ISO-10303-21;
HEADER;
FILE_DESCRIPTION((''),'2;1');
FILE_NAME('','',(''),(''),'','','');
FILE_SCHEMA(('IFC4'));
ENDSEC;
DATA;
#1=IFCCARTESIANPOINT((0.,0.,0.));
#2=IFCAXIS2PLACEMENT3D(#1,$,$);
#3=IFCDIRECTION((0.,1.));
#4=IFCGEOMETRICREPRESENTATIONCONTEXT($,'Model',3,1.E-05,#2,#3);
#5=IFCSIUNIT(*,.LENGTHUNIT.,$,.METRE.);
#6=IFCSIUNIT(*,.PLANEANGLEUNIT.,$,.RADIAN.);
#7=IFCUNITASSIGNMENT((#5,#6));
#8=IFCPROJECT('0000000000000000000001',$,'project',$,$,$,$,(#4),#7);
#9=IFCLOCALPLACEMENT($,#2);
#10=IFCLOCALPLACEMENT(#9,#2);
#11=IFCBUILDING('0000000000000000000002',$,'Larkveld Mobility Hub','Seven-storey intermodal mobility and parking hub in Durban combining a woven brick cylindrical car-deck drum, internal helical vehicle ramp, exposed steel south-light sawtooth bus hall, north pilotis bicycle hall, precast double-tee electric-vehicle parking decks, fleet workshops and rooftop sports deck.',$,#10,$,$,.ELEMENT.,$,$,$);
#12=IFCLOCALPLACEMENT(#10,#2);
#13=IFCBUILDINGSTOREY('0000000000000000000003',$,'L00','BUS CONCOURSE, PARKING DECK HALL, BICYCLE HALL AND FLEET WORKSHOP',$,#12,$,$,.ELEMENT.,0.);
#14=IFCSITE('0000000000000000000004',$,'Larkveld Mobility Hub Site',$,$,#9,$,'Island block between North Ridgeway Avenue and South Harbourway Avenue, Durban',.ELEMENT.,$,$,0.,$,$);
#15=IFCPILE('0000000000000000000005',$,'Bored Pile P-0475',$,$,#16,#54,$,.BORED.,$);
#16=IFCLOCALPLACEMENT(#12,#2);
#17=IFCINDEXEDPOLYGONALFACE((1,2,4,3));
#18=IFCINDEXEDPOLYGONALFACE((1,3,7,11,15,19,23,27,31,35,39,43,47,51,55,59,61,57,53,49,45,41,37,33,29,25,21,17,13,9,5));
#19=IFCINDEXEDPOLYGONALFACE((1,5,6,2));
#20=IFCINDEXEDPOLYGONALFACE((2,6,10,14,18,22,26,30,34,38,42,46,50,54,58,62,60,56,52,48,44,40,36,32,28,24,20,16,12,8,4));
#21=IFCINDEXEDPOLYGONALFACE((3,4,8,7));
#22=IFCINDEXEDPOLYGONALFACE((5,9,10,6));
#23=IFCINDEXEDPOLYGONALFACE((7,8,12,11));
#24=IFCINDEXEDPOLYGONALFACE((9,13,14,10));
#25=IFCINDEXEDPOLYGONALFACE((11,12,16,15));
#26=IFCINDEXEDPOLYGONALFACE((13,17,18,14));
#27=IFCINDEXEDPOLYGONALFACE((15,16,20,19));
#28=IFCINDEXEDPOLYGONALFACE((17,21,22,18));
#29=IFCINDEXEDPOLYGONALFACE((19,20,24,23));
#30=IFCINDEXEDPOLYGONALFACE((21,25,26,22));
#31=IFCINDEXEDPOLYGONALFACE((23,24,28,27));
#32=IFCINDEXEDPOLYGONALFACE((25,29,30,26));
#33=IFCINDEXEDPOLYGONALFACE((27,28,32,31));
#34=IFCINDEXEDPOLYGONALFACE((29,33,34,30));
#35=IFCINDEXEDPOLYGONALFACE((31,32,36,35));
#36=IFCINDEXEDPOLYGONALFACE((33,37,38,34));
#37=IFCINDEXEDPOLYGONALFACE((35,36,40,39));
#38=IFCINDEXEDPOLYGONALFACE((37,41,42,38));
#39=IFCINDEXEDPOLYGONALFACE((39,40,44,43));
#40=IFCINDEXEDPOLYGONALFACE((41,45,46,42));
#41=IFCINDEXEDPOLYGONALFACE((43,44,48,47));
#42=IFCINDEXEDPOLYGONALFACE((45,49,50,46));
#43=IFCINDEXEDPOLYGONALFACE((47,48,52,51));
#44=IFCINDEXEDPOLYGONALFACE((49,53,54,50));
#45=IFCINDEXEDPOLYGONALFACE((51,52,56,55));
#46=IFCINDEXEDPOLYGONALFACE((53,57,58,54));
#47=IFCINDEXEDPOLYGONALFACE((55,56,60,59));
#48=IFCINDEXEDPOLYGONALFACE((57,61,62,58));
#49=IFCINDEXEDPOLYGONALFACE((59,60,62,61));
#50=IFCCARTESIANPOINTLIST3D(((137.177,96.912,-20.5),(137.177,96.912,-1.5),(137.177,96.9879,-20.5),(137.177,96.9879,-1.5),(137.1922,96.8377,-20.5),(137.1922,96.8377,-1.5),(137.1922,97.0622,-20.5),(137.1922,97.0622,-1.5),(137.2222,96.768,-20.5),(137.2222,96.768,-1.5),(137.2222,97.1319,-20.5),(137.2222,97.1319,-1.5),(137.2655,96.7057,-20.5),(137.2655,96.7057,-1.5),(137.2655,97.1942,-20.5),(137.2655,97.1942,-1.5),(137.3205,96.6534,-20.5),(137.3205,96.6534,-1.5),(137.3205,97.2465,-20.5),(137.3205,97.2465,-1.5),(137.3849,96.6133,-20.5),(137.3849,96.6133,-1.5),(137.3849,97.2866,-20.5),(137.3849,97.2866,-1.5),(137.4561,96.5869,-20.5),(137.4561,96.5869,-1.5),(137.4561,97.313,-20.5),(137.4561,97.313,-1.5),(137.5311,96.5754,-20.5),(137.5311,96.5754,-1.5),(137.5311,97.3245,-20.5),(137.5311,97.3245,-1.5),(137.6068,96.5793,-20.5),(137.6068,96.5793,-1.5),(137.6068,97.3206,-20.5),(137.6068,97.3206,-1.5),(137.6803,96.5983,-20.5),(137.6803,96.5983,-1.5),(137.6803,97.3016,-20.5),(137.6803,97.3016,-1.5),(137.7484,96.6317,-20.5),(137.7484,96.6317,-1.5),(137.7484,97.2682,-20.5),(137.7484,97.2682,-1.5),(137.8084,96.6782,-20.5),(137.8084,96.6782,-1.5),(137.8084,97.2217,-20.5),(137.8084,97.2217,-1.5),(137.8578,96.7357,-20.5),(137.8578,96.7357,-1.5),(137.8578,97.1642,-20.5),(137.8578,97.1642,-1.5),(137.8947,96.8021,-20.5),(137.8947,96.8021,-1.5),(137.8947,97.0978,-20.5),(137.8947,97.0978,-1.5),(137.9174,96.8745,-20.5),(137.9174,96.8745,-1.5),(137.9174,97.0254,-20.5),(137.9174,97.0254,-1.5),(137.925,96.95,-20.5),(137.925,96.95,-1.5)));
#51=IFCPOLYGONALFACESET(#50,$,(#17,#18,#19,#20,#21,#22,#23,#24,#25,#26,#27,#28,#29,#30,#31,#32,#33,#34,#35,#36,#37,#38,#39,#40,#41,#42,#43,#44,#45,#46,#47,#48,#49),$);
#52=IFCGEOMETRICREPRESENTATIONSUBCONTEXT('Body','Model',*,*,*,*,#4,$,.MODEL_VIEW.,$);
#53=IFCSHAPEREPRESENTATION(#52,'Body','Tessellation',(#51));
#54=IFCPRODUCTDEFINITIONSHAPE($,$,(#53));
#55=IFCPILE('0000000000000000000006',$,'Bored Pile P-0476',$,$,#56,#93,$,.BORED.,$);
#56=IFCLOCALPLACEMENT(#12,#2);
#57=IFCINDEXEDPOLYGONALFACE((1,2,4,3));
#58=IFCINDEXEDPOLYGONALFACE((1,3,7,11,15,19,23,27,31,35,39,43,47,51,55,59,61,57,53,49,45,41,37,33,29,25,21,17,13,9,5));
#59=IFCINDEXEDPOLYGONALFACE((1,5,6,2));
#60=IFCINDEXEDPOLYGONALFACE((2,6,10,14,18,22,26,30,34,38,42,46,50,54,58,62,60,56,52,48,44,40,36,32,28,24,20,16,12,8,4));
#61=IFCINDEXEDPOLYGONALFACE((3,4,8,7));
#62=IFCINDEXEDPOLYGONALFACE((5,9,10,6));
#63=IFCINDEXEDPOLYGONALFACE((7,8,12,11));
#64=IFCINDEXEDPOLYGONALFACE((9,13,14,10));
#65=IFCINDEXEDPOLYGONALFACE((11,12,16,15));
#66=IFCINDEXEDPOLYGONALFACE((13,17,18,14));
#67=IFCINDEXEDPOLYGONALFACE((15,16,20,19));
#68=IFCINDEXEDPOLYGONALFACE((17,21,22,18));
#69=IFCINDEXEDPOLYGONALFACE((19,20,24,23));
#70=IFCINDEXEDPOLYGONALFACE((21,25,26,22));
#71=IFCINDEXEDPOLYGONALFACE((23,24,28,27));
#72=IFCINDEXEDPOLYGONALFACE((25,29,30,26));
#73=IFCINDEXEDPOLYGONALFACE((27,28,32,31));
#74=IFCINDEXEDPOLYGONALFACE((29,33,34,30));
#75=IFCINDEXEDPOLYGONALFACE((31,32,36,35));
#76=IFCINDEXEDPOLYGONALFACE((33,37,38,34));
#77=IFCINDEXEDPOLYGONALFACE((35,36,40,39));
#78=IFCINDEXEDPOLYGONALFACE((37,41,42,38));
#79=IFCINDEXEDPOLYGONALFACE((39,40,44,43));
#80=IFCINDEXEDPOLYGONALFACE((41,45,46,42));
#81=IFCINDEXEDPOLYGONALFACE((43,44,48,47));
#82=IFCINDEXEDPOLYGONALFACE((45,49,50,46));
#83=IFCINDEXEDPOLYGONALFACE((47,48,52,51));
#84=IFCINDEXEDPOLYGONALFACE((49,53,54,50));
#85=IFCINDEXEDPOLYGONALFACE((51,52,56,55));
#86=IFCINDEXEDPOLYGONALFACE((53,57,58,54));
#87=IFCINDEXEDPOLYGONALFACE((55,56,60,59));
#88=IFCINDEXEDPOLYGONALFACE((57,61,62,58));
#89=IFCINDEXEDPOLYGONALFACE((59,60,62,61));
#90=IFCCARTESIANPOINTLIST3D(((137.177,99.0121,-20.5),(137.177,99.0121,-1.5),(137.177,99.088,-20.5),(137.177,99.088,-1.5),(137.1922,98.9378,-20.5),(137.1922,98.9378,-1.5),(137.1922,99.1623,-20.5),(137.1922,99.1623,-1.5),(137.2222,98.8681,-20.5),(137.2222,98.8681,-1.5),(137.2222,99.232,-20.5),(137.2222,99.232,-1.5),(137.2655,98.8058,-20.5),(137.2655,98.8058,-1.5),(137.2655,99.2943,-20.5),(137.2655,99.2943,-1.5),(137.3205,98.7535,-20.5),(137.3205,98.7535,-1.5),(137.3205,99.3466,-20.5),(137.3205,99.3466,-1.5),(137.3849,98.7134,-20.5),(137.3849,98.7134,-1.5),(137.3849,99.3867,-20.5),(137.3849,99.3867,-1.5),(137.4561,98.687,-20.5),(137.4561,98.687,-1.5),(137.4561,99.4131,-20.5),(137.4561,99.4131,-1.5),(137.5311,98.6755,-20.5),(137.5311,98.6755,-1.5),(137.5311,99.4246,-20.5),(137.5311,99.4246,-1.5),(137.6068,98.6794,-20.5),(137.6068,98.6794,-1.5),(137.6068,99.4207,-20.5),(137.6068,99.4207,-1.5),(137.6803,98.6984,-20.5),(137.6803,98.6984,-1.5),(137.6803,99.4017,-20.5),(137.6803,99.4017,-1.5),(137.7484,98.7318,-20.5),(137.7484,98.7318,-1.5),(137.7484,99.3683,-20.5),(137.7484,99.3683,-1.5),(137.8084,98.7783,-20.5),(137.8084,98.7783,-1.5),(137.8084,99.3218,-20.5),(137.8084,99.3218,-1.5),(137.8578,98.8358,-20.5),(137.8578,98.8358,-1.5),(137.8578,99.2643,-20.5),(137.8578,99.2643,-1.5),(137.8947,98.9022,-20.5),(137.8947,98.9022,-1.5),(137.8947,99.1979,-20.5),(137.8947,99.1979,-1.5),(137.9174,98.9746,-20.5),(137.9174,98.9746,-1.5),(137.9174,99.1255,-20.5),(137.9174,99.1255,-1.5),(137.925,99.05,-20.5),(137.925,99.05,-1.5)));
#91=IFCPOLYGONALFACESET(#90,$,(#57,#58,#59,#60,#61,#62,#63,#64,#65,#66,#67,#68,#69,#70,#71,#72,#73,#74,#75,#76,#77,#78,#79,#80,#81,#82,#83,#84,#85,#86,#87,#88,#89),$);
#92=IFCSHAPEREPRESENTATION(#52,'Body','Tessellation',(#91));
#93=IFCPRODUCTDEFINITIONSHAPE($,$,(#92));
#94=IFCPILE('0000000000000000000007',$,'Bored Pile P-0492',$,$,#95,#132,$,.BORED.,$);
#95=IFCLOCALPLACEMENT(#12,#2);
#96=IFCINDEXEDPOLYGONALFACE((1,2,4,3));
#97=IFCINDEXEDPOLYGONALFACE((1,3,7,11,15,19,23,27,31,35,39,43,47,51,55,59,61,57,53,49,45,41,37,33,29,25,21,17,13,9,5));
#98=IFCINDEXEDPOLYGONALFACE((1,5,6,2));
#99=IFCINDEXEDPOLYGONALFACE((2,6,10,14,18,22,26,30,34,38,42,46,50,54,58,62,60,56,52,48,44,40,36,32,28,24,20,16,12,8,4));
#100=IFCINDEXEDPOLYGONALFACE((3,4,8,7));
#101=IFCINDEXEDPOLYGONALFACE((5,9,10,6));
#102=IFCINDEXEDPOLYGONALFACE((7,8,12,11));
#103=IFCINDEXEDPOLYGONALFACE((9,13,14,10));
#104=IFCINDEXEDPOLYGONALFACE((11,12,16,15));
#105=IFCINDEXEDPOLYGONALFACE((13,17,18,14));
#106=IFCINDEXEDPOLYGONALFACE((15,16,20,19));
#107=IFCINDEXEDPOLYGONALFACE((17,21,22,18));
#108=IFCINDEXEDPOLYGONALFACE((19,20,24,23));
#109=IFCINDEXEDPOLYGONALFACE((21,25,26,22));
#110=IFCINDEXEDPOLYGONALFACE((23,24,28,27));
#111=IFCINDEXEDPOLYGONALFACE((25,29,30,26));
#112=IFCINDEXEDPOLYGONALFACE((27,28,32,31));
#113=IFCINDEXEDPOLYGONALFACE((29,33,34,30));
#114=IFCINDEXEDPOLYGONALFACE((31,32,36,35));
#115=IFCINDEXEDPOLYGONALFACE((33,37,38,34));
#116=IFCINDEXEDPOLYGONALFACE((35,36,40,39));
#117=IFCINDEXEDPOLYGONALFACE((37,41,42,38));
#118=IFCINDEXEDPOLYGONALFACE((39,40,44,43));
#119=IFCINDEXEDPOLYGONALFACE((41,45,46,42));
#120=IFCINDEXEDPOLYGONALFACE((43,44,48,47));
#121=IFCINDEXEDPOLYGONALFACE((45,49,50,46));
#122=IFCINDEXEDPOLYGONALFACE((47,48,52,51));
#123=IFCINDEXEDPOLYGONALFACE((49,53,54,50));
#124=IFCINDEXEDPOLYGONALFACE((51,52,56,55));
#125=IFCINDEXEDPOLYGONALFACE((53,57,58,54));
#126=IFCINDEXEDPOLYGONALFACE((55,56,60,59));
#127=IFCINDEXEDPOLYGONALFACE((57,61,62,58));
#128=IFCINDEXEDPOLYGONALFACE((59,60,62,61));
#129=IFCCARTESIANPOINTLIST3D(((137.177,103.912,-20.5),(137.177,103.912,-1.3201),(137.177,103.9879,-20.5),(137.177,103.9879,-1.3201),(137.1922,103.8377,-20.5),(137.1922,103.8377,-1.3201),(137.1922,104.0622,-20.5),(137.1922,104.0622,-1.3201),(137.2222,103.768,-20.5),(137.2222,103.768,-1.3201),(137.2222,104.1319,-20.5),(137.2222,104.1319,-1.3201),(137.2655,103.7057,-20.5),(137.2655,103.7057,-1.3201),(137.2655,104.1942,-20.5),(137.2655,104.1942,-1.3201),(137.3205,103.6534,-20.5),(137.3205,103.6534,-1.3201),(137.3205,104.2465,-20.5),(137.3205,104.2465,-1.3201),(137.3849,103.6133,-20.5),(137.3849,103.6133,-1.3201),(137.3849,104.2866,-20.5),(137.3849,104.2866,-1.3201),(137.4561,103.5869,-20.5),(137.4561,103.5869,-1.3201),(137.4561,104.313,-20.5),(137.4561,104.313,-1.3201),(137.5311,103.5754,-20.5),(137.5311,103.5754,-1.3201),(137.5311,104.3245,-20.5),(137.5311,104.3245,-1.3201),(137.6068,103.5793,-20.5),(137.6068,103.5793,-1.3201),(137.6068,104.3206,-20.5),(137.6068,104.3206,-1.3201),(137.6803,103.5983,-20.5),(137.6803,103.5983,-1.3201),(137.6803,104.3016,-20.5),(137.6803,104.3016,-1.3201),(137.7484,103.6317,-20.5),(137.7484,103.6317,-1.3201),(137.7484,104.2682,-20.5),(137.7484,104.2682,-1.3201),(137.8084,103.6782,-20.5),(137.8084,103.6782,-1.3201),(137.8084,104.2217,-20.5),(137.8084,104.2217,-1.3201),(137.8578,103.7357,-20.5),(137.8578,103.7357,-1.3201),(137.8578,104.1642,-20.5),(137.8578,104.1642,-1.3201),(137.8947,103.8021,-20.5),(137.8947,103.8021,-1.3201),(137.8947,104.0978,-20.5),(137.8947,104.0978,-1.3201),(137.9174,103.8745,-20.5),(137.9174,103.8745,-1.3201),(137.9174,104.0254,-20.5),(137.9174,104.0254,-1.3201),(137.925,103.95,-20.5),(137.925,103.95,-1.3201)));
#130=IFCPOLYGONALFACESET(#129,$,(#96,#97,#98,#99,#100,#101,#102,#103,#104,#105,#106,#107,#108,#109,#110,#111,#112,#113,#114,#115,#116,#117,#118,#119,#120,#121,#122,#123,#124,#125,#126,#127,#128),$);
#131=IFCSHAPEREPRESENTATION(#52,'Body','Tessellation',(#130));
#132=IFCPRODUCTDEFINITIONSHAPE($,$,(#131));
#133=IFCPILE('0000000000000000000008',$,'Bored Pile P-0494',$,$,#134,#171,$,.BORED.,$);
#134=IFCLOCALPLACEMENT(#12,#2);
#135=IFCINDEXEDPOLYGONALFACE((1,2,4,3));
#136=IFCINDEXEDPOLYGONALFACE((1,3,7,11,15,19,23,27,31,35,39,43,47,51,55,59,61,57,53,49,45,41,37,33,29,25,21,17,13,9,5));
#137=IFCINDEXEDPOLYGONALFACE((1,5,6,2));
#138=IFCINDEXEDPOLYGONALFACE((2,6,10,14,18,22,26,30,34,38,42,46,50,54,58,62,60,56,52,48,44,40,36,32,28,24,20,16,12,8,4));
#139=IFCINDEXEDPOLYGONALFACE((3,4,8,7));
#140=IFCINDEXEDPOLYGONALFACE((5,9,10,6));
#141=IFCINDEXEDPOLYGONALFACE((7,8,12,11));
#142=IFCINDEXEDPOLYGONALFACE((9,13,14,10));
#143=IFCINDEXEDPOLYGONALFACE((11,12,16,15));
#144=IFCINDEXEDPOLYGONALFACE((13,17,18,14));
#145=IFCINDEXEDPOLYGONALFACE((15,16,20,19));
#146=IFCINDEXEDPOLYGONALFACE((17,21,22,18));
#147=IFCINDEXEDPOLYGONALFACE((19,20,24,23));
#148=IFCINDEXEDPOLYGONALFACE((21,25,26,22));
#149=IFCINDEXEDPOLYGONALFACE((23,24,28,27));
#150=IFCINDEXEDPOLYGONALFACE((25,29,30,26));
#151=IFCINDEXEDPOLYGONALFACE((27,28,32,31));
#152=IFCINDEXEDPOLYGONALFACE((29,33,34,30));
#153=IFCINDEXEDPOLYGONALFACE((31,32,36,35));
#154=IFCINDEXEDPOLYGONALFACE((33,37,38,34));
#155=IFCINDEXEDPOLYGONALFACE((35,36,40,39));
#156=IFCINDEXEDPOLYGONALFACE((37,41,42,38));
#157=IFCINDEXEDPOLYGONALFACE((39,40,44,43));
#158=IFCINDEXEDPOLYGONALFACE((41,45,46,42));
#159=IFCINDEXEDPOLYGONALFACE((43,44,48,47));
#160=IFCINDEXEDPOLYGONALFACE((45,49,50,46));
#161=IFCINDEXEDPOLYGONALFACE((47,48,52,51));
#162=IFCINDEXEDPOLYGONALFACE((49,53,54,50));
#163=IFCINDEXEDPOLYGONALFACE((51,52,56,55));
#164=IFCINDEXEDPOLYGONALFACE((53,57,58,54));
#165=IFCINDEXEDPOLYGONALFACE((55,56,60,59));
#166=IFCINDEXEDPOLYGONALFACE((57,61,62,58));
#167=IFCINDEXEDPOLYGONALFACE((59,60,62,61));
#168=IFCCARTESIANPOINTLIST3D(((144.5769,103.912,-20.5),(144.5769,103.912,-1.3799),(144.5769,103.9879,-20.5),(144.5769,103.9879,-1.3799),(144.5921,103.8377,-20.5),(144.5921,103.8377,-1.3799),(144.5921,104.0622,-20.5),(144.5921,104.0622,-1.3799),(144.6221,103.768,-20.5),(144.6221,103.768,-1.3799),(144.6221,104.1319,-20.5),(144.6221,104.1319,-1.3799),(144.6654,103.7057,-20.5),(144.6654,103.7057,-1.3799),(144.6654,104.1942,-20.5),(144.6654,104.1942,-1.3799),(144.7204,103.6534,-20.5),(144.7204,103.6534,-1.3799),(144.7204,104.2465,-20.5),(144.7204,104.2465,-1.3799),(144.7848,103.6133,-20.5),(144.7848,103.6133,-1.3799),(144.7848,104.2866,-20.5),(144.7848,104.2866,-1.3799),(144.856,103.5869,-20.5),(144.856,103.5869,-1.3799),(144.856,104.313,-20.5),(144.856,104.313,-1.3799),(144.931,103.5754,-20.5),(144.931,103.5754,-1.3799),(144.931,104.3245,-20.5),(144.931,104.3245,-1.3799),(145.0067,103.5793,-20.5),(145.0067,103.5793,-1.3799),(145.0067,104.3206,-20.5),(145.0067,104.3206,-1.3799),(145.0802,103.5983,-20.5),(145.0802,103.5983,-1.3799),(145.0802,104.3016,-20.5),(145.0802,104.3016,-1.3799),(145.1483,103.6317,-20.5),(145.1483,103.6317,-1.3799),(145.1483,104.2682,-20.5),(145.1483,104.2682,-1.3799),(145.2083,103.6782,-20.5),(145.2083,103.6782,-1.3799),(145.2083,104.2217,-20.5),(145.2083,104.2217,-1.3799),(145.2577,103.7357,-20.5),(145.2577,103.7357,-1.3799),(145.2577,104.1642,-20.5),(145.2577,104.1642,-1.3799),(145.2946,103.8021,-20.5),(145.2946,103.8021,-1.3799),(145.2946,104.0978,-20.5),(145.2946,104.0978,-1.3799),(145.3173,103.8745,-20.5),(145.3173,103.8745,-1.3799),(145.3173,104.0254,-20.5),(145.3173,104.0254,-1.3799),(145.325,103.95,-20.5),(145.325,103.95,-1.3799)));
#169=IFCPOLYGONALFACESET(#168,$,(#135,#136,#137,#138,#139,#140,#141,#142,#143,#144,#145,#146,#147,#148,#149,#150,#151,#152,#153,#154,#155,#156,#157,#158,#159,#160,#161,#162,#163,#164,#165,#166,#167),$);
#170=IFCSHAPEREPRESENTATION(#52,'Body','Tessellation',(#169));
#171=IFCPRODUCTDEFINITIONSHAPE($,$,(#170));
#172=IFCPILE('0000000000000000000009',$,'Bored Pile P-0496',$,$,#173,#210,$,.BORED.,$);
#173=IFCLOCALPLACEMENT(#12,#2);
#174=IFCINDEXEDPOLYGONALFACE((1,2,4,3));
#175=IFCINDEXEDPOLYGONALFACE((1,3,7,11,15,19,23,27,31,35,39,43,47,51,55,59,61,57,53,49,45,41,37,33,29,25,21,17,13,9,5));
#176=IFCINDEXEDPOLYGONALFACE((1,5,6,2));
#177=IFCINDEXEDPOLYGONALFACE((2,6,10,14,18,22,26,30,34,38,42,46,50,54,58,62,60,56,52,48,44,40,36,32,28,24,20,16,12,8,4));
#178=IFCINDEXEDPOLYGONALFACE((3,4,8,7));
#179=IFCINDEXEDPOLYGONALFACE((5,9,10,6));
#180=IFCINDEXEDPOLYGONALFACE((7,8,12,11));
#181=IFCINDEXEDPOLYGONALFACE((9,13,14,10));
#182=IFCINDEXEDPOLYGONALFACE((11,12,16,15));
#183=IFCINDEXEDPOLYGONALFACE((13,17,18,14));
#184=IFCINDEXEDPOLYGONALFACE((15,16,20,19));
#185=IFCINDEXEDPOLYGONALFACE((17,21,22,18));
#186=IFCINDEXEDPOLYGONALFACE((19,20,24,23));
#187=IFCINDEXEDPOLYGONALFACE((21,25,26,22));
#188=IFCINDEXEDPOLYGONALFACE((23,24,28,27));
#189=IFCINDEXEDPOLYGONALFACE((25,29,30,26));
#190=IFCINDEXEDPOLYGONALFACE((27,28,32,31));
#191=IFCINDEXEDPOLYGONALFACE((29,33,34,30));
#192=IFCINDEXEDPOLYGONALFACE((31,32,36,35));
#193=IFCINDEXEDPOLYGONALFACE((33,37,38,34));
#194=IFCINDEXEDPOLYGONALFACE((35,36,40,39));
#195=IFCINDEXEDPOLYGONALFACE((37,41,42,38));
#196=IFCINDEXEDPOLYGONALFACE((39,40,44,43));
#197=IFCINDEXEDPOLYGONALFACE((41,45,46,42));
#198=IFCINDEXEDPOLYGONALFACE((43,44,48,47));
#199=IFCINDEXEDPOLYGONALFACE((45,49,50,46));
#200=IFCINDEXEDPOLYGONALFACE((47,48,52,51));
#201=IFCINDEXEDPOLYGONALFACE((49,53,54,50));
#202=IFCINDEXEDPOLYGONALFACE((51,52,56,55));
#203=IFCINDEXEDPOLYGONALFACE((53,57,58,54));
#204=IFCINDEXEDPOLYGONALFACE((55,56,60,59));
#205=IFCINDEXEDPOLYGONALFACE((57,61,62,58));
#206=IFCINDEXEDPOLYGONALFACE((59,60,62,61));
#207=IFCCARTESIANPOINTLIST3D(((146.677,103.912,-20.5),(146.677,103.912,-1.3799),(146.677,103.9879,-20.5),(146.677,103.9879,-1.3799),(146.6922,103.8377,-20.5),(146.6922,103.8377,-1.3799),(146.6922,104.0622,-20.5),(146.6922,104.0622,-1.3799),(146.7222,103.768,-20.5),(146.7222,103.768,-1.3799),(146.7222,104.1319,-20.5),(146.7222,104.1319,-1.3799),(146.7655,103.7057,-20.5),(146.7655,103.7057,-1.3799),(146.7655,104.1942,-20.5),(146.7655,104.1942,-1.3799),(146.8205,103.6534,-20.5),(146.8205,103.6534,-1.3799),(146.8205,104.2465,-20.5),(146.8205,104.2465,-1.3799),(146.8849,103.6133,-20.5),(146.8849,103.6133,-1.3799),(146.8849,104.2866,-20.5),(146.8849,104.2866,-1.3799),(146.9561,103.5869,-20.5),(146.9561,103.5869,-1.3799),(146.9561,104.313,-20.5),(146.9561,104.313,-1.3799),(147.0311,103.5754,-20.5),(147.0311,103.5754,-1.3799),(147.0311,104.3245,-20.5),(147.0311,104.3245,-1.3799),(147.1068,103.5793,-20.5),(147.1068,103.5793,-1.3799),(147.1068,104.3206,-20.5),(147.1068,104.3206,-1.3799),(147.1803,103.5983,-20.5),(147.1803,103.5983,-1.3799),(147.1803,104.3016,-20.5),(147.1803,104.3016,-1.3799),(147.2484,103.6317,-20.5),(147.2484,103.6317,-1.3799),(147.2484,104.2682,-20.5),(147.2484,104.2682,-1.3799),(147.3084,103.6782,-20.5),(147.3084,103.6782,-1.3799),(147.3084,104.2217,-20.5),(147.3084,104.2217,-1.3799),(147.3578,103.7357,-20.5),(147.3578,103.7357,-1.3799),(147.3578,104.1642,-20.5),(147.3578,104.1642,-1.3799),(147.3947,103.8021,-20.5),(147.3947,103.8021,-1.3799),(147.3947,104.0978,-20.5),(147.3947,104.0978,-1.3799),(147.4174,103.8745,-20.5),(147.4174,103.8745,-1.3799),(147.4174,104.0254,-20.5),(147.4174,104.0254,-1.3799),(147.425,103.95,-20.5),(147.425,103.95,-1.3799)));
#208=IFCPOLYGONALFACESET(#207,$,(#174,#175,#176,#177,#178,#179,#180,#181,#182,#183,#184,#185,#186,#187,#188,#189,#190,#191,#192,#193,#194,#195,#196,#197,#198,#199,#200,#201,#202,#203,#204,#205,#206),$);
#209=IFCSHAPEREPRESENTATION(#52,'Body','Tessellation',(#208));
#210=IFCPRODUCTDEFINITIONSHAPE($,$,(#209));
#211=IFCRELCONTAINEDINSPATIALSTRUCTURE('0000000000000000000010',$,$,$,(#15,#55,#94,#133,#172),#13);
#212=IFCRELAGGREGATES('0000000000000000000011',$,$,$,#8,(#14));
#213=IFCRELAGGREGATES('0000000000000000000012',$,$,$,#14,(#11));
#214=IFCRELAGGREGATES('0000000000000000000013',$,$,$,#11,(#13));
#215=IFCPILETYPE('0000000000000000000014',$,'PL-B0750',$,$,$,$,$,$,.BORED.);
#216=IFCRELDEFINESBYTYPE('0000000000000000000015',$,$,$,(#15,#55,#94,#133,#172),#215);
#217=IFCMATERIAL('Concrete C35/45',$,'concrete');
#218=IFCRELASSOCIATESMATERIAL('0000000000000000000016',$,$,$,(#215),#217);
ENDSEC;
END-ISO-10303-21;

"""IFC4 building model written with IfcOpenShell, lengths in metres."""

from ifc_helpers import new_model, si_unit, direction, frame, origin, origin_2d, place, context, subcontext, project, spatial, circle, extrude, material, material_profile, profile_set, type_object, element, save


model = new_model("IFC4")

# Units and contexts
model_context = context("Model", 3, precision=1e-05, world=origin(), true_north=direction((0.0, 1.0)))
body_context = subcontext(model_context, "Body", "Model", "MODEL_VIEW")
ifc_project = project(units=[si_unit("LENGTHUNIT", "METRE"), si_unit("PLANEANGLEUNIT", "RADIAN")], contexts=[model_context])

# Site, building, storey
site_placement = place(None, origin())
site = spatial("IfcSite", under=ifc_project, at=site_placement, Name="Larkveld Mobility Hub Site", LongName="Island block between North Ridgeway Avenue and South Harbourway Avenue, Durban", CompositionType="ELEMENT", RefElevation=0.0)
building_placement = place(site_placement, origin())
building = spatial("IfcBuilding", under=site, at=building_placement, Name="Larkveld Mobility Hub", Description="Seven-storey intermodal mobility and parking hub in Durban combining a woven brick cylindrical car-deck drum, internal helical vehicle ramp, exposed steel south-light sawtooth bus hall, north pilotis bicycle hall, precast double-tee electric-vehicle parking decks, fleet workshops and rooftop sports deck.", CompositionType="ELEMENT")
storey_placement = place(building_placement, origin())
storey = spatial("IfcBuildingStorey", under=building, at=storey_placement, Name="L00", Description="BUS CONCOURSE, PARKING DECK HALL, BICYCLE HALL AND FLEET WORKSHOP", CompositionType="ELEMENT", Elevation=0.0)

# Shared definitions
ifc_material_1 = material(Name="Concrete C35/45", Category="concrete")

# Piles
ifc_material_profile_1 = material_profile(ifc_material_1, circle(Radius=0.375, at=origin_2d()), Name="PILE D750")
ifc_profile_set_1 = profile_set([ifc_material_profile_1], Name="Concrete C35/45")
pile_type_1 = type_object("IfcPileType", Name="PL-B0750", PredefinedType="BORED", material=ifc_profile_set_1)
for number, where, z_axis, x_axis, name in (
    (1, (137.55, 96.95, -1.5), (0.0, 0.0, -1.0), (1.0, 0.0, 0.0), "Bored Pile P-0475"),
    (2, (137.55, 99.05, -1.5), (0.0, 0.0, -1.0), (1.0, 0.0, 0.0), "Bored Pile P-0476"),
):
    element("IfcPile", number, at=place(storey_placement, frame(where, z_axis=z_axis, x_axis=x_axis)), inside=storey, type_object=pile_type_1, Name=name, PredefinedType="BORED", context=body_context, shape_type="SweptSolid", body=[
        extrude(circle(Radius=0.375, at=origin_2d()), origin(), (0.0, 0.0, 1.0), 19.0),
    ])
pile_1_placement = place(storey_placement, frame((137.55, 103.95, -1.3201), z_axis=(0.0, 0.0, -1.0), x_axis=(1.0, 0.0, 0.0)))
element("IfcPile", 3, at=pile_1_placement, inside=storey, type_object=pile_type_1, Name="Bored Pile P-0492", PredefinedType="BORED", context=body_context, shape_type="SweptSolid", body=[
    extrude(circle(Radius=0.375, at=origin_2d()), origin(), (0.0, 0.0, 1.0), 19.1799),
])
for number, where, z_axis, x_axis, name in (
    (4, (144.95, 103.95, -1.3799), (0.0, 0.0, -1.0), (1.0, 0.0, 0.0), "Bored Pile P-0494"),
    (5, (147.05, 103.95, -1.3799), (0.0, 0.0, -1.0), (1.0, 0.0, 0.0), "Bored Pile P-0496"),
):
    element("IfcPile", number, at=place(storey_placement, frame(where, z_axis=z_axis, x_axis=x_axis)), inside=storey, type_object=pile_type_1, Name=name, PredefinedType="BORED", context=body_context, shape_type="SweptSolid", body=[
        extrude(circle(Radius=0.375, at=origin_2d()), origin(), (0.0, 0.0, 1.0), 19.1201),
    ])

save(model, "model.ifc")
